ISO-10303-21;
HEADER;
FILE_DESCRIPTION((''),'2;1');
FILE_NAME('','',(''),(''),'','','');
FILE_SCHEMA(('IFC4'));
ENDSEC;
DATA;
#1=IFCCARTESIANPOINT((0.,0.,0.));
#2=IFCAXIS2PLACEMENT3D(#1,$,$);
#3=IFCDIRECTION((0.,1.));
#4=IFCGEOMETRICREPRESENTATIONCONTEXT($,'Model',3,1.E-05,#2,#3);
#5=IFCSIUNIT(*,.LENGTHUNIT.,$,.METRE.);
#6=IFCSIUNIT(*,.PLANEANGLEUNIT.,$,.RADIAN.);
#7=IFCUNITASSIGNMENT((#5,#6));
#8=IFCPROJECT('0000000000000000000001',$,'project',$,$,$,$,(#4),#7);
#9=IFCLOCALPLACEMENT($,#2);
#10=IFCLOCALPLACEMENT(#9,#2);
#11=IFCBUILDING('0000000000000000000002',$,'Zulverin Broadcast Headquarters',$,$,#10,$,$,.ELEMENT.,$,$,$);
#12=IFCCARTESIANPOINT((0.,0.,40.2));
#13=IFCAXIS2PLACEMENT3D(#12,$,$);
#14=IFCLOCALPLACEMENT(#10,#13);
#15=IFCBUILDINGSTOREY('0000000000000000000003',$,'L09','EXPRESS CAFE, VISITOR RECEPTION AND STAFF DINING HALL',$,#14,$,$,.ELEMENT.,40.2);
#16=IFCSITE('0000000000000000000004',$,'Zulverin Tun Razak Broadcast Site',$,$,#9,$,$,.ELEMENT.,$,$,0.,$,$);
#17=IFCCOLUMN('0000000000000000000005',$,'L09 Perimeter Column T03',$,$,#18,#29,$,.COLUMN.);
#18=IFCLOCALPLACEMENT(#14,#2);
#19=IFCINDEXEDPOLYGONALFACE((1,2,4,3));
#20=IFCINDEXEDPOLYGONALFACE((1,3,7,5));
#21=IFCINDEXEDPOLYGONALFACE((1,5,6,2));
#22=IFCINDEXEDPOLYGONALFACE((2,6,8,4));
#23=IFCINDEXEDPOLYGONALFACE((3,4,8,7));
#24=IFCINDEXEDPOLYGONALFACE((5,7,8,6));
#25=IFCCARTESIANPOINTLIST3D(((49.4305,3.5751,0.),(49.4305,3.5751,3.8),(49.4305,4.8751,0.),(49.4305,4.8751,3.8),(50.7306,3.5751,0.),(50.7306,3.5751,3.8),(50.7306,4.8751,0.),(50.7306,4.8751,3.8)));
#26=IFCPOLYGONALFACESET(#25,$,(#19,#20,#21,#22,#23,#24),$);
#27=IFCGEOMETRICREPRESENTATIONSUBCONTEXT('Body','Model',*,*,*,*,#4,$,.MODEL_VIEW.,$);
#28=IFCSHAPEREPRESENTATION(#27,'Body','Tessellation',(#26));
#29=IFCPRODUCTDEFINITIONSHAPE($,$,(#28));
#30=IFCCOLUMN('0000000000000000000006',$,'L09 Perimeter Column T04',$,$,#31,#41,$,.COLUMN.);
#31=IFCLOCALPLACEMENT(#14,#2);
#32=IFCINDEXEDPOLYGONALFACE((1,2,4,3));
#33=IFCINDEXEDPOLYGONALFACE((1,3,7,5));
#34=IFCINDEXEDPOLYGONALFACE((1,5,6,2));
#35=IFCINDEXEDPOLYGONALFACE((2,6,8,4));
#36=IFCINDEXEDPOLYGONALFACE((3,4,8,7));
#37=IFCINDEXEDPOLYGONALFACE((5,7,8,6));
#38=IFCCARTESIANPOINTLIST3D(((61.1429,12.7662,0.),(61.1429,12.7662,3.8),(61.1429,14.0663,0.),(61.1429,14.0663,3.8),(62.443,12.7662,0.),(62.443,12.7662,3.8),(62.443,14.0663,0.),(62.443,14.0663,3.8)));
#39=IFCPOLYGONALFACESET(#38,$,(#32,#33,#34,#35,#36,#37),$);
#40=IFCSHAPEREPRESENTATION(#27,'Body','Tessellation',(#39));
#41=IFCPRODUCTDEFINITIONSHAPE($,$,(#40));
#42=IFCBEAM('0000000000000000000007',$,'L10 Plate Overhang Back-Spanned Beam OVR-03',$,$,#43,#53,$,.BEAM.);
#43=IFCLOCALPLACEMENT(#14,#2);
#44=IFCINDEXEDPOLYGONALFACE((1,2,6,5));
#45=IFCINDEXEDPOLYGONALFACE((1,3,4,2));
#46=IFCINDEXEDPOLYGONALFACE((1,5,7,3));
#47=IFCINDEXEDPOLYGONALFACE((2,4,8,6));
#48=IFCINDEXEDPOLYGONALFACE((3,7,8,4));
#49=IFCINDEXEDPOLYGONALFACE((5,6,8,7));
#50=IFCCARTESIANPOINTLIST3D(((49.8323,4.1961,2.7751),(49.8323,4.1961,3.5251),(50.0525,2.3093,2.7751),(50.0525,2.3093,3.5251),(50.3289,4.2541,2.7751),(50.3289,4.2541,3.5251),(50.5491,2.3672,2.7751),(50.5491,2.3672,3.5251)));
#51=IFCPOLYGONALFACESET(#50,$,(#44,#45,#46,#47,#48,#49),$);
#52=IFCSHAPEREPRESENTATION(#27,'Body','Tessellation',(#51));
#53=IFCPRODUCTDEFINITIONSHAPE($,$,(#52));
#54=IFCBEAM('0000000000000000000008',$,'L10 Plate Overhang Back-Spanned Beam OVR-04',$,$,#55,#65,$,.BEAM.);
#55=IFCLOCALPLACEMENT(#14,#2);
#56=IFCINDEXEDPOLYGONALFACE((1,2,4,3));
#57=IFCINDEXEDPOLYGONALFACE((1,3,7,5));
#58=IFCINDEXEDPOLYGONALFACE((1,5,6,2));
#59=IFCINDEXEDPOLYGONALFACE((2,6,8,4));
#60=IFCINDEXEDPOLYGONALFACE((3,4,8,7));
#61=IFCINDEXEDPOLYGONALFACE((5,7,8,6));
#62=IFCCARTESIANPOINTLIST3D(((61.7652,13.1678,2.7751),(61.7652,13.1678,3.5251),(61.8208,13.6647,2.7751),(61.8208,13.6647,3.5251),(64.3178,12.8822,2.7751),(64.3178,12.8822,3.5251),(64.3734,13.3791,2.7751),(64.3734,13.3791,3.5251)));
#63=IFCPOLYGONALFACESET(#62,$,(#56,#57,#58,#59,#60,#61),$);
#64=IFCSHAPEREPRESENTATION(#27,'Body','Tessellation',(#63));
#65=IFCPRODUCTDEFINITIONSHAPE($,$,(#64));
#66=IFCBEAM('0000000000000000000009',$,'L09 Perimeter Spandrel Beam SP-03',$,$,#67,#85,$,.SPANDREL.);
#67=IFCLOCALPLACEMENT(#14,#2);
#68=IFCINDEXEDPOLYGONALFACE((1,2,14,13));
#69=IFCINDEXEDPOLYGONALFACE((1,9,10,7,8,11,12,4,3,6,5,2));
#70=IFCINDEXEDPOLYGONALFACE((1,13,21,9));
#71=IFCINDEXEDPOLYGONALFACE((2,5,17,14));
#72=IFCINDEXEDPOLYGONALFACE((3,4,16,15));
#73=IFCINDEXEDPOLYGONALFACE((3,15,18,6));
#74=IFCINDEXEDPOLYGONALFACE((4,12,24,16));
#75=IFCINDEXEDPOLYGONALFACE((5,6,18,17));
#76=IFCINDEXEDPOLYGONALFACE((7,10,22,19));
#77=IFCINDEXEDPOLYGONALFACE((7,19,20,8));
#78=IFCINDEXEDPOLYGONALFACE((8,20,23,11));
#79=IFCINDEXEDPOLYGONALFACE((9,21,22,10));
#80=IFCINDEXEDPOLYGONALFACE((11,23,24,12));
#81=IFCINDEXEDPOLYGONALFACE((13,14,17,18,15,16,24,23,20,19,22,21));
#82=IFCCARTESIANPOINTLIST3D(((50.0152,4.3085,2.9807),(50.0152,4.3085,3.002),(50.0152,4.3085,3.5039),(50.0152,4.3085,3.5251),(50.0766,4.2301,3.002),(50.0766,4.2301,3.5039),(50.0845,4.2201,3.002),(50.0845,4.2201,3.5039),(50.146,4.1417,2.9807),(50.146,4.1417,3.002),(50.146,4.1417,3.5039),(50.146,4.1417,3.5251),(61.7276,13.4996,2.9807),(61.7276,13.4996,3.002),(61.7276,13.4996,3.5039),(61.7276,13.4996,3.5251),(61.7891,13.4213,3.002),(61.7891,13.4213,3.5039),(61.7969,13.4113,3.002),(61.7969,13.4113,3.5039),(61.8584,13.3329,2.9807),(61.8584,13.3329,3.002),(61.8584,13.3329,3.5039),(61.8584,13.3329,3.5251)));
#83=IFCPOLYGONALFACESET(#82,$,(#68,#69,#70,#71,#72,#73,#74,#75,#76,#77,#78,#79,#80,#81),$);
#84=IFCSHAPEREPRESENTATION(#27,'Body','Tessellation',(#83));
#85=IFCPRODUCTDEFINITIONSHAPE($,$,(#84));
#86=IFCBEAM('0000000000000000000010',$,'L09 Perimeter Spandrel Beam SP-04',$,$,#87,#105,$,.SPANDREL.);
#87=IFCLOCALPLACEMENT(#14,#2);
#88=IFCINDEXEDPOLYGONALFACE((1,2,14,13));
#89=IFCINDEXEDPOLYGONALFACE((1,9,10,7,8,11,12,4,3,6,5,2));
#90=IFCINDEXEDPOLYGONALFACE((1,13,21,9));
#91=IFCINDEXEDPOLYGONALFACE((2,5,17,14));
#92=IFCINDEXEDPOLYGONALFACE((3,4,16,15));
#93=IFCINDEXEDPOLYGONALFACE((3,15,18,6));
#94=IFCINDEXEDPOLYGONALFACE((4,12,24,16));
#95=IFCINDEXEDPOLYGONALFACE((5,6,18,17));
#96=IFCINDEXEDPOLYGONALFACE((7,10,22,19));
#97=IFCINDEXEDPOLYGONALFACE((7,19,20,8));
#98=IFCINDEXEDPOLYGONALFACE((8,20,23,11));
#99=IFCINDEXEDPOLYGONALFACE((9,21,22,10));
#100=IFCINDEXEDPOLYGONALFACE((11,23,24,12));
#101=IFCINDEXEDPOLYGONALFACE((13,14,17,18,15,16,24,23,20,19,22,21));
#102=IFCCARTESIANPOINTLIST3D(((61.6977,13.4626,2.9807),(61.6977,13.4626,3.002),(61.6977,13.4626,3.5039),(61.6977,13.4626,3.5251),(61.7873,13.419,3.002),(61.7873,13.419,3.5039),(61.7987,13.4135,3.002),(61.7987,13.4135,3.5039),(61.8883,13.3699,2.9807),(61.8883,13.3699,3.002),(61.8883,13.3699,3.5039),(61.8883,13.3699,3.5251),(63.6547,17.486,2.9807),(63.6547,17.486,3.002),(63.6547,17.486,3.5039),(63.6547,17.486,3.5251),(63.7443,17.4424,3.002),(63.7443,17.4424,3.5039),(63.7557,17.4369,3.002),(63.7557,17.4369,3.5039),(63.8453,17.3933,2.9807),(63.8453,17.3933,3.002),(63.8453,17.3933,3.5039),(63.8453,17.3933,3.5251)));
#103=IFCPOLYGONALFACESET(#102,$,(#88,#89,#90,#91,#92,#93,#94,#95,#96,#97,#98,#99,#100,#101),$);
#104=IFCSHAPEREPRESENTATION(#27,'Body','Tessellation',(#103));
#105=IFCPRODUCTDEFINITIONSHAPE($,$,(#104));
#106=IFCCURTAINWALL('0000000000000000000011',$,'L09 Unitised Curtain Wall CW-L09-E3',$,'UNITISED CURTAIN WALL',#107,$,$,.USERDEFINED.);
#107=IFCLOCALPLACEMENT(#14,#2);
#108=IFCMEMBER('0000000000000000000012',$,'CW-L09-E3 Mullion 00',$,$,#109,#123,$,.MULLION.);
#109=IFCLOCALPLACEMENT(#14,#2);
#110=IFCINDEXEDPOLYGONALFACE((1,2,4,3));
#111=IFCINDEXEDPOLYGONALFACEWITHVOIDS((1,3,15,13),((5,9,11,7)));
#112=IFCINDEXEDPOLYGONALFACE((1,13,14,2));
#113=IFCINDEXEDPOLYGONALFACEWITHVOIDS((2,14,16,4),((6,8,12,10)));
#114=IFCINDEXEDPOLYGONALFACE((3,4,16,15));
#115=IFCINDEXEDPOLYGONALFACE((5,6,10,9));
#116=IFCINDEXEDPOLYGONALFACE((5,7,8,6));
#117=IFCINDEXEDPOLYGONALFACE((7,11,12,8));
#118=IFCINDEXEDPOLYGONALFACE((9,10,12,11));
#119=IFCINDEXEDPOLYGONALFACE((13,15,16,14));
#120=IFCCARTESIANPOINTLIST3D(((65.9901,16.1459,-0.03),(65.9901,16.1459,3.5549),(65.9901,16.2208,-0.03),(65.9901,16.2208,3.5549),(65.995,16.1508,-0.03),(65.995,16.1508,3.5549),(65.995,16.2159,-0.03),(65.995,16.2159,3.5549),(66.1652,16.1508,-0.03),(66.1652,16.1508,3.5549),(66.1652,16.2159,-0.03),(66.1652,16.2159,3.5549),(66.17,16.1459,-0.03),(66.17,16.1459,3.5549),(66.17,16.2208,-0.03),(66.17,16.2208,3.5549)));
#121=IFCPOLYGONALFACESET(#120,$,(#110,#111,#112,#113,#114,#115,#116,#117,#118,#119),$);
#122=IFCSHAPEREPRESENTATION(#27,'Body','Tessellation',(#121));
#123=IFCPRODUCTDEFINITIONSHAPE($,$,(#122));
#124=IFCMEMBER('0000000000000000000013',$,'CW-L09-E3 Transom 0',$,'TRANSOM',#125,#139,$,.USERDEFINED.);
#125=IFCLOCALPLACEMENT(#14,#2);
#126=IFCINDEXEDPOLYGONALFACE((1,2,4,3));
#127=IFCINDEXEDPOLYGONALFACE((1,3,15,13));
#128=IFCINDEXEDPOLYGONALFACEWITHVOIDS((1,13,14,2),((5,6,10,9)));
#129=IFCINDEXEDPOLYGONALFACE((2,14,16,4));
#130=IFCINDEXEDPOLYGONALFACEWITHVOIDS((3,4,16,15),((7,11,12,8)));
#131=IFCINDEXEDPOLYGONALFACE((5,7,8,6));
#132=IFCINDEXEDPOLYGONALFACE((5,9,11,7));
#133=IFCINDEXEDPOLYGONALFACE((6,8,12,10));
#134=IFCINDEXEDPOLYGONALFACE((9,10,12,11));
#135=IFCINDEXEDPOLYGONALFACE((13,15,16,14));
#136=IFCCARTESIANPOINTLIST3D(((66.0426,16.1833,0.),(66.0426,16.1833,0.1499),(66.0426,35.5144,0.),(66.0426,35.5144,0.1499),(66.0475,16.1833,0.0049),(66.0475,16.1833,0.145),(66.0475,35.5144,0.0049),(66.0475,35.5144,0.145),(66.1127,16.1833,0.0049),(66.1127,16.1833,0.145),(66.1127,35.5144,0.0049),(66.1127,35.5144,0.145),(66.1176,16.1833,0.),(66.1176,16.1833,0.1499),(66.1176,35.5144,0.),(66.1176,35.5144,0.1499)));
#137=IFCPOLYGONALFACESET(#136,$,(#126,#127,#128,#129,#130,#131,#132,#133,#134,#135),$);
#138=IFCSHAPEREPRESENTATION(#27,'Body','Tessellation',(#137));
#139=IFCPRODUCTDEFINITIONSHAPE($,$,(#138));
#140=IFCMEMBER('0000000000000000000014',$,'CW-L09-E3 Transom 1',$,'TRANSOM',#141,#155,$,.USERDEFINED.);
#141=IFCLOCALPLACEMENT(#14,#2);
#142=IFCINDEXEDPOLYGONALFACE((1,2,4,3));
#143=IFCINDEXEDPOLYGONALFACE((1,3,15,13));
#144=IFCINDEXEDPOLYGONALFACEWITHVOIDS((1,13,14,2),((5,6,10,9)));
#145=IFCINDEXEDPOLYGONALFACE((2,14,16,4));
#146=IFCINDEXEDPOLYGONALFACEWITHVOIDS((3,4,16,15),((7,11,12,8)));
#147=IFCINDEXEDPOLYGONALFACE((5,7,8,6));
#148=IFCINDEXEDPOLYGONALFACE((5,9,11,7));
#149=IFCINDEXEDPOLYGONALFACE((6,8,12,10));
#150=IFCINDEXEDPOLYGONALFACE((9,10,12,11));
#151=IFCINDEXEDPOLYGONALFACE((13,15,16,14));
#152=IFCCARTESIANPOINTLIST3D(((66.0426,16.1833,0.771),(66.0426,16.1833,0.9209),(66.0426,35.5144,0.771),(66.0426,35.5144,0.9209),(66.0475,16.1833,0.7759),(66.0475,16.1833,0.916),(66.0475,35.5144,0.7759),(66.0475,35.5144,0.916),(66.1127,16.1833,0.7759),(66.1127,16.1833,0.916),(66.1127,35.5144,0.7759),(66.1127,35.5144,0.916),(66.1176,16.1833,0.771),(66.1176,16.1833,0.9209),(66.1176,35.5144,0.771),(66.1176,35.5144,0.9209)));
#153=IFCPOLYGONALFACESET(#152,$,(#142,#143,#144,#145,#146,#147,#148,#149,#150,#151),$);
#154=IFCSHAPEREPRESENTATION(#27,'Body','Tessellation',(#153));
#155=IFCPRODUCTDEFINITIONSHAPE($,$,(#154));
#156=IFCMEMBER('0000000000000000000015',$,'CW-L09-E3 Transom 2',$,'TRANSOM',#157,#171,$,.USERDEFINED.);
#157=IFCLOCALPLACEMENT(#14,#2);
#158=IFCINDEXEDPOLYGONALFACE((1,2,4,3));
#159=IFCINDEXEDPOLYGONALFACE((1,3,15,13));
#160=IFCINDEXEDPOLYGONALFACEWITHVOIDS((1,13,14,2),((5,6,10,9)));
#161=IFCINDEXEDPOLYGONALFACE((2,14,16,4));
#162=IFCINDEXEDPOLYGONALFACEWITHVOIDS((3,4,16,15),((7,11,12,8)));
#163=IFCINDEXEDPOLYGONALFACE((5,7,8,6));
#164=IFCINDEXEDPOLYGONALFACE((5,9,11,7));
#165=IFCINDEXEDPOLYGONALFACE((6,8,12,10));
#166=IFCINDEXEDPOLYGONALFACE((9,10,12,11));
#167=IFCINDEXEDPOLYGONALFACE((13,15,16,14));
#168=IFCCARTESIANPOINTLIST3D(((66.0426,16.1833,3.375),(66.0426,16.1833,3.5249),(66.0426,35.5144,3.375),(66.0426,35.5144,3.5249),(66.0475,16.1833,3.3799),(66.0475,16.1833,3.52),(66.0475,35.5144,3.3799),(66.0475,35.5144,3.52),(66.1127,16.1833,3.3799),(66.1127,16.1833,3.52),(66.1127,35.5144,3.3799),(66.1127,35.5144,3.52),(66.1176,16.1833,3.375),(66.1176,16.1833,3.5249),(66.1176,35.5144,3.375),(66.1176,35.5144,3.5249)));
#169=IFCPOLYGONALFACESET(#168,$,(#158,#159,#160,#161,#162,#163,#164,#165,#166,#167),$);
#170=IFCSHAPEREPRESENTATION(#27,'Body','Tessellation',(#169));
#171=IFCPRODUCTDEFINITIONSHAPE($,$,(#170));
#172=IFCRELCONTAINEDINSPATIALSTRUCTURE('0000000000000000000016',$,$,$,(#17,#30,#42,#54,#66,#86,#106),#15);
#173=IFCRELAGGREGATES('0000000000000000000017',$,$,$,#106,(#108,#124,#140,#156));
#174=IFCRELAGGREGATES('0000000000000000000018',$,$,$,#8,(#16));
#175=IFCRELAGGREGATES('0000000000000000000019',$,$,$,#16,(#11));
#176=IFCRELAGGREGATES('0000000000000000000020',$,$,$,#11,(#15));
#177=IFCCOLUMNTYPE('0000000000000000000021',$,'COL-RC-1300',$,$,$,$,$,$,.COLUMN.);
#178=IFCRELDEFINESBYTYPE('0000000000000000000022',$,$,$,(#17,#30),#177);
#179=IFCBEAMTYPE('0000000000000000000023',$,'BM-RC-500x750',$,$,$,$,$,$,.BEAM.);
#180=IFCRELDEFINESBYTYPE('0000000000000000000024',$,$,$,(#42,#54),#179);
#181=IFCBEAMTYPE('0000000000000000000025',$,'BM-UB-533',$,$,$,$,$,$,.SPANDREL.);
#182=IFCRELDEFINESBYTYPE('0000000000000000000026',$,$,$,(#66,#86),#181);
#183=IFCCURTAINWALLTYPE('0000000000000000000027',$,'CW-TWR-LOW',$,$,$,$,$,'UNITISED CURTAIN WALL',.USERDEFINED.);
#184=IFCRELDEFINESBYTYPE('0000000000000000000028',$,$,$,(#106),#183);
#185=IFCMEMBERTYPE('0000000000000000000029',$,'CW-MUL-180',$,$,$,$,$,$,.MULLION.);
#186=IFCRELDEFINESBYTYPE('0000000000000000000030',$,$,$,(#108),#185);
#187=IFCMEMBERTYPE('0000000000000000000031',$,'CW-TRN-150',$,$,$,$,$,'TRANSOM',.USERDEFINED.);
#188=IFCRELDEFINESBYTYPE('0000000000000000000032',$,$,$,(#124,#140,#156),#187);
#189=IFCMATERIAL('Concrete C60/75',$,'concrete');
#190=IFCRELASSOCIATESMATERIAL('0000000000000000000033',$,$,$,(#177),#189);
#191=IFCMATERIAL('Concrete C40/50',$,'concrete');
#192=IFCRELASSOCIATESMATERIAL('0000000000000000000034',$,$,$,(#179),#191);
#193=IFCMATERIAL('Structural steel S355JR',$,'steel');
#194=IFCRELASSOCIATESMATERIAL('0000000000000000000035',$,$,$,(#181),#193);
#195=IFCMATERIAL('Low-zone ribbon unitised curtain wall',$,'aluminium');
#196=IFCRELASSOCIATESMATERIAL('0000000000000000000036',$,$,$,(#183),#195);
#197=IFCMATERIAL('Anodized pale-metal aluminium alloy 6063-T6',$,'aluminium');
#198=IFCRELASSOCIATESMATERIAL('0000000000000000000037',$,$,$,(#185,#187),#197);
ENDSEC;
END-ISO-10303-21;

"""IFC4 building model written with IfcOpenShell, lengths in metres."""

from ifc_helpers import new_model, si_unit, direction, frame, origin, origin_2d, place, context, subcontext, project, spatial, rectangle, hollow_rectangle, i_section, extrude, material, material_profile, profile_set, type_object, element, aggregate, save


model = new_model("IFC4")

# Units and contexts
model_context = context("Model", 3, precision=1e-05, world=origin(), true_north=direction((0.0, 1.0)))
body_context = subcontext(model_context, "Body", "Model", "MODEL_VIEW")
ifc_project = project(units=[si_unit("LENGTHUNIT", "METRE"), si_unit("PLANEANGLEUNIT", "RADIAN")], contexts=[model_context])

# Site, building, storey
site_placement = place(None, origin())
site = spatial("IfcSite", under=ifc_project, at=site_placement, Name="Zulverin Tun Razak Broadcast Site", CompositionType="ELEMENT", RefElevation=0.0)
building_placement = place(site_placement, origin())
building = spatial("IfcBuilding", under=site, at=building_placement, Name="Zulverin Broadcast Headquarters", CompositionType="ELEMENT")
storey_placement = place(building_placement, frame((0.0, 0.0, 40.2)))
storey = spatial("IfcBuildingStorey", under=building, at=storey_placement, Name="L09", Description="EXPRESS CAFE, VISITOR RECEPTION AND STAFF DINING HALL", CompositionType="ELEMENT", Elevation=40.2)

# Columns
ifc_material_1 = material(Name="Concrete C60/75", Category="concrete")
ifc_material_profile_1 = material_profile(ifc_material_1, rectangle(XDim=1.3, YDim=1.3, at=origin_2d()), Name="Concrete C60/75", Category="concrete")
ifc_profile_set_1 = profile_set([ifc_material_profile_1], Name="Concrete C60/75")
column_type = type_object("IfcColumnType", Name="COL-RC-1300", PredefinedType="COLUMN", material=ifc_profile_set_1)
for number, where, z_axis, x_axis, name in (
    (1, (50.0806, 4.2251, 0.0), (0.0, 0.0, 1.0), (1.0, 0.0, 0.0), "L09 Perimeter Column T03"),
    (2, (61.793, 13.4163, 0.0), (0.0, 0.0, 1.0), (1.0, 0.0, 0.0), "L09 Perimeter Column T04"),
):
    element("IfcColumn", number, at=place(storey_placement, frame(where, z_axis=z_axis, x_axis=x_axis)), inside=storey, type_object=column_type, Name=name, PredefinedType="COLUMN", context=body_context, shape_type="SweptSolid", body=[
        extrude(rectangle(XDim=1.3, YDim=1.3, at=origin_2d()), origin(), (0.0, 0.0, 1.0), 3.8),
    ])

# Beams
ifc_material_2 = material(Name="Concrete C40/50", Category="concrete")
ifc_material_profile_2 = material_profile(ifc_material_2, rectangle(XDim=0.5, YDim=0.75, at=origin_2d()), Name="Concrete C40/50", Category="concrete")
ifc_profile_set_2 = profile_set([ifc_material_profile_2], Name="Concrete C40/50")
beam_type_1 = type_object("IfcBeamType", Name="BM-RC-500x750", PredefinedType="BEAM", material=ifc_profile_set_2)
beam_1_placement = place(storey_placement, frame((50.0806, 4.2251, 3.1501), z_axis=(0.115917, -0.993259, 0.0), x_axis=(0.993259, 0.115917, 0.0)))
element("IfcBeam", 3, at=beam_1_placement, inside=storey, type_object=beam_type_1, Name="L10 Plate Overhang Back-Spanned Beam OVR-03", PredefinedType="BEAM", context=body_context, shape_type="SweptSolid", body=[
    extrude(rectangle(XDim=0.5, YDim=0.75, at=origin_2d()), origin(), (0.0, 0.0, 1.0), 1.8997),
])
beam_2_placement = place(storey_placement, frame((61.793, 13.4163, 3.1501), z_axis=(0.993798, -0.111203, 0.0), x_axis=(0.111203, 0.993798, 0.0)))
element("IfcBeam", 4, at=beam_2_placement, inside=storey, type_object=beam_type_1, Name="L10 Plate Overhang Back-Spanned Beam OVR-04", PredefinedType="BEAM", context=body_context, shape_type="SweptSolid", body=[
    extrude(rectangle(XDim=0.5, YDim=0.75, at=origin_2d()), origin(), (0.0, 0.0, 1.0), 2.5686),
])
ifc_material_3 = material(Name="Structural steel S355JR", Category="steel")
ifc_material_profile_3 = material_profile(ifc_material_3, i_section(OverallWidth=0.2119, OverallDepth=0.5444, WebThickness=0.0127, FlangeThickness=0.0212, at=origin_2d()), Name="Structural steel S355JR", Category="steel")
ifc_profile_set_3 = profile_set([ifc_material_profile_3], Name="Structural steel S355JR")
beam_type_2 = type_object("IfcBeamType", Name="BM-UB-533", PredefinedType="SPANDREL", material=ifc_profile_set_3)
beam_3_placement = place(storey_placement, frame((50.0806, 4.2251, 3.2529), z_axis=(0.786691, 0.617346, 0.0), x_axis=(-0.617346, 0.786691, 0.0)))
element("IfcBeam", 5, at=beam_3_placement, inside=storey, type_object=beam_type_2, Name="L09 Perimeter Spandrel Beam SP-03", PredefinedType="SPANDREL", context=body_context, shape_type="SweptSolid", body=[
    extrude(i_section(OverallWidth=0.2119, OverallDepth=0.5444, WebThickness=0.0127, FlangeThickness=0.0212, at=origin_2d()), origin(), (0.0, 0.0, 1.0), 14.8882),
])
beam_4_placement = place(storey_placement, frame((61.793, 13.4163, 3.2529), z_axis=(0.437408, 0.899263, 0.0), x_axis=(-0.899263, 0.437408, 0.0)))
element("IfcBeam", 6, at=beam_4_placement, inside=storey, type_object=beam_type_2, Name="L09 Perimeter Spandrel Beam SP-04", PredefinedType="SPANDREL", context=body_context, shape_type="SweptSolid", body=[
    extrude(i_section(OverallWidth=0.2119, OverallDepth=0.5444, WebThickness=0.0127, FlangeThickness=0.0212, at=origin_2d()), origin(), (0.0, 0.0, 1.0), 4.4741),
])

# Curtain wall, members
ifc_material_4 = material(Name="Low-zone ribbon unitised curtain wall", Category="aluminium")
curtain_wall_type = type_object("IfcCurtainWallType", Name="CW-TWR-LOW", ElementType="UNITISED CURTAIN WALL", PredefinedType="USERDEFINED", material=ifc_material_4)
curtain_wall_placement = place(storey_placement, origin())
curtain_wall = element("IfcCurtainWall", 7, at=curtain_wall_placement, inside=storey, type_object=curtain_wall_type, Name="L09 Unitised Curtain Wall CW-L09-E3", ObjectType="UNITISED CURTAIN WALL", PredefinedType="USERDEFINED")
ifc_material_5 = material(Name="Anodized pale-metal aluminium alloy 6063-T6", Category="aluminium")
ifc_material_profile_4 = material_profile(ifc_material_5, hollow_rectangle(XDim=0.075, YDim=0.1799, WallThickness=0.0049, at=origin_2d()), Name="Anodized pale-metal aluminium alloy 6063-T6", Category="aluminium")
ifc_profile_set_4 = profile_set([ifc_material_profile_4], Name="Anodized pale-metal aluminium alloy 6063-T6")
member_type_1 = type_object("IfcMemberType", Name="CW-MUL-180", PredefinedType="MULLION", material=ifc_profile_set_4)
member_1_placement = place(storey_placement, frame((66.0801, 16.1833, -0.03), z_axis=(0.0, 0.0, 1.0), x_axis=(0.0, 1.0, 0.0)))
member_1 = element("IfcMember", 8, at=member_1_placement, type_object=member_type_1, Name="CW-L09-E3 Mullion 00", PredefinedType="MULLION", context=body_context, shape_type="SweptSolid", body=[
    extrude(hollow_rectangle(XDim=0.075, YDim=0.1799, WallThickness=0.0049, at=origin_2d()), origin(), (0.0, 0.0, 1.0), 3.585),
])
ifc_material_profile_5 = material_profile(ifc_material_5, hollow_rectangle(XDim=0.075, YDim=0.1499, WallThickness=0.0049, at=origin_2d()), Name="Anodized pale-metal aluminium alloy 6063-T6", Category="aluminium")
ifc_profile_set_5 = profile_set([ifc_material_profile_5], Name="Anodized pale-metal aluminium alloy 6063-T6")
member_type_2 = type_object("IfcMemberType", Name="CW-TRN-150", ElementType="TRANSOM", PredefinedType="USERDEFINED", material=ifc_profile_set_5)
member_2_placement = place(storey_placement, frame((66.0801, 16.1833, 0.075), z_axis=(0.0, 1.0, 0.0), x_axis=(-1.0, 0.0, 0.0)))
member_2 = element("IfcMember", 9, at=member_2_placement, type_object=member_type_2, Name="CW-L09-E3 Transom 0", ObjectType="TRANSOM", PredefinedType="USERDEFINED", context=body_context, shape_type="SweptSolid", body=[
    extrude(hollow_rectangle(XDim=0.075, YDim=0.1499, WallThickness=0.0049, at=origin_2d()), origin(), (0.0, 0.0, 1.0), 19.3311),
])
member_3_placement = place(storey_placement, frame((66.0801, 16.1833, 0.8459), z_axis=(0.0, 1.0, 0.0), x_axis=(-1.0, 0.0, 0.0)))
member_3 = element("IfcMember", 10, at=member_3_placement, type_object=member_type_2, Name="CW-L09-E3 Transom 1", ObjectType="TRANSOM", PredefinedType="USERDEFINED", context=body_context, shape_type="SweptSolid", body=[
    extrude(hollow_rectangle(XDim=0.075, YDim=0.1499, WallThickness=0.0049, at=origin_2d()), origin(), (0.0, 0.0, 1.0), 19.3311),
])
member_4_placement = place(storey_placement, frame((66.0801, 16.1833, 3.45), z_axis=(0.0, 1.0, 0.0), x_axis=(-1.0, 0.0, 0.0)))
member_4 = element("IfcMember", 11, at=member_4_placement, type_object=member_type_2, Name="CW-L09-E3 Transom 2", ObjectType="TRANSOM", PredefinedType="USERDEFINED", context=body_context, shape_type="SweptSolid", body=[
    extrude(hollow_rectangle(XDim=0.075, YDim=0.1499, WallThickness=0.0049, at=origin_2d()), origin(), (0.0, 0.0, 1.0), 19.3311),
])
aggregate(curtain_wall, [member_1, member_2, member_3, member_4])

save(model, "model.ifc")
